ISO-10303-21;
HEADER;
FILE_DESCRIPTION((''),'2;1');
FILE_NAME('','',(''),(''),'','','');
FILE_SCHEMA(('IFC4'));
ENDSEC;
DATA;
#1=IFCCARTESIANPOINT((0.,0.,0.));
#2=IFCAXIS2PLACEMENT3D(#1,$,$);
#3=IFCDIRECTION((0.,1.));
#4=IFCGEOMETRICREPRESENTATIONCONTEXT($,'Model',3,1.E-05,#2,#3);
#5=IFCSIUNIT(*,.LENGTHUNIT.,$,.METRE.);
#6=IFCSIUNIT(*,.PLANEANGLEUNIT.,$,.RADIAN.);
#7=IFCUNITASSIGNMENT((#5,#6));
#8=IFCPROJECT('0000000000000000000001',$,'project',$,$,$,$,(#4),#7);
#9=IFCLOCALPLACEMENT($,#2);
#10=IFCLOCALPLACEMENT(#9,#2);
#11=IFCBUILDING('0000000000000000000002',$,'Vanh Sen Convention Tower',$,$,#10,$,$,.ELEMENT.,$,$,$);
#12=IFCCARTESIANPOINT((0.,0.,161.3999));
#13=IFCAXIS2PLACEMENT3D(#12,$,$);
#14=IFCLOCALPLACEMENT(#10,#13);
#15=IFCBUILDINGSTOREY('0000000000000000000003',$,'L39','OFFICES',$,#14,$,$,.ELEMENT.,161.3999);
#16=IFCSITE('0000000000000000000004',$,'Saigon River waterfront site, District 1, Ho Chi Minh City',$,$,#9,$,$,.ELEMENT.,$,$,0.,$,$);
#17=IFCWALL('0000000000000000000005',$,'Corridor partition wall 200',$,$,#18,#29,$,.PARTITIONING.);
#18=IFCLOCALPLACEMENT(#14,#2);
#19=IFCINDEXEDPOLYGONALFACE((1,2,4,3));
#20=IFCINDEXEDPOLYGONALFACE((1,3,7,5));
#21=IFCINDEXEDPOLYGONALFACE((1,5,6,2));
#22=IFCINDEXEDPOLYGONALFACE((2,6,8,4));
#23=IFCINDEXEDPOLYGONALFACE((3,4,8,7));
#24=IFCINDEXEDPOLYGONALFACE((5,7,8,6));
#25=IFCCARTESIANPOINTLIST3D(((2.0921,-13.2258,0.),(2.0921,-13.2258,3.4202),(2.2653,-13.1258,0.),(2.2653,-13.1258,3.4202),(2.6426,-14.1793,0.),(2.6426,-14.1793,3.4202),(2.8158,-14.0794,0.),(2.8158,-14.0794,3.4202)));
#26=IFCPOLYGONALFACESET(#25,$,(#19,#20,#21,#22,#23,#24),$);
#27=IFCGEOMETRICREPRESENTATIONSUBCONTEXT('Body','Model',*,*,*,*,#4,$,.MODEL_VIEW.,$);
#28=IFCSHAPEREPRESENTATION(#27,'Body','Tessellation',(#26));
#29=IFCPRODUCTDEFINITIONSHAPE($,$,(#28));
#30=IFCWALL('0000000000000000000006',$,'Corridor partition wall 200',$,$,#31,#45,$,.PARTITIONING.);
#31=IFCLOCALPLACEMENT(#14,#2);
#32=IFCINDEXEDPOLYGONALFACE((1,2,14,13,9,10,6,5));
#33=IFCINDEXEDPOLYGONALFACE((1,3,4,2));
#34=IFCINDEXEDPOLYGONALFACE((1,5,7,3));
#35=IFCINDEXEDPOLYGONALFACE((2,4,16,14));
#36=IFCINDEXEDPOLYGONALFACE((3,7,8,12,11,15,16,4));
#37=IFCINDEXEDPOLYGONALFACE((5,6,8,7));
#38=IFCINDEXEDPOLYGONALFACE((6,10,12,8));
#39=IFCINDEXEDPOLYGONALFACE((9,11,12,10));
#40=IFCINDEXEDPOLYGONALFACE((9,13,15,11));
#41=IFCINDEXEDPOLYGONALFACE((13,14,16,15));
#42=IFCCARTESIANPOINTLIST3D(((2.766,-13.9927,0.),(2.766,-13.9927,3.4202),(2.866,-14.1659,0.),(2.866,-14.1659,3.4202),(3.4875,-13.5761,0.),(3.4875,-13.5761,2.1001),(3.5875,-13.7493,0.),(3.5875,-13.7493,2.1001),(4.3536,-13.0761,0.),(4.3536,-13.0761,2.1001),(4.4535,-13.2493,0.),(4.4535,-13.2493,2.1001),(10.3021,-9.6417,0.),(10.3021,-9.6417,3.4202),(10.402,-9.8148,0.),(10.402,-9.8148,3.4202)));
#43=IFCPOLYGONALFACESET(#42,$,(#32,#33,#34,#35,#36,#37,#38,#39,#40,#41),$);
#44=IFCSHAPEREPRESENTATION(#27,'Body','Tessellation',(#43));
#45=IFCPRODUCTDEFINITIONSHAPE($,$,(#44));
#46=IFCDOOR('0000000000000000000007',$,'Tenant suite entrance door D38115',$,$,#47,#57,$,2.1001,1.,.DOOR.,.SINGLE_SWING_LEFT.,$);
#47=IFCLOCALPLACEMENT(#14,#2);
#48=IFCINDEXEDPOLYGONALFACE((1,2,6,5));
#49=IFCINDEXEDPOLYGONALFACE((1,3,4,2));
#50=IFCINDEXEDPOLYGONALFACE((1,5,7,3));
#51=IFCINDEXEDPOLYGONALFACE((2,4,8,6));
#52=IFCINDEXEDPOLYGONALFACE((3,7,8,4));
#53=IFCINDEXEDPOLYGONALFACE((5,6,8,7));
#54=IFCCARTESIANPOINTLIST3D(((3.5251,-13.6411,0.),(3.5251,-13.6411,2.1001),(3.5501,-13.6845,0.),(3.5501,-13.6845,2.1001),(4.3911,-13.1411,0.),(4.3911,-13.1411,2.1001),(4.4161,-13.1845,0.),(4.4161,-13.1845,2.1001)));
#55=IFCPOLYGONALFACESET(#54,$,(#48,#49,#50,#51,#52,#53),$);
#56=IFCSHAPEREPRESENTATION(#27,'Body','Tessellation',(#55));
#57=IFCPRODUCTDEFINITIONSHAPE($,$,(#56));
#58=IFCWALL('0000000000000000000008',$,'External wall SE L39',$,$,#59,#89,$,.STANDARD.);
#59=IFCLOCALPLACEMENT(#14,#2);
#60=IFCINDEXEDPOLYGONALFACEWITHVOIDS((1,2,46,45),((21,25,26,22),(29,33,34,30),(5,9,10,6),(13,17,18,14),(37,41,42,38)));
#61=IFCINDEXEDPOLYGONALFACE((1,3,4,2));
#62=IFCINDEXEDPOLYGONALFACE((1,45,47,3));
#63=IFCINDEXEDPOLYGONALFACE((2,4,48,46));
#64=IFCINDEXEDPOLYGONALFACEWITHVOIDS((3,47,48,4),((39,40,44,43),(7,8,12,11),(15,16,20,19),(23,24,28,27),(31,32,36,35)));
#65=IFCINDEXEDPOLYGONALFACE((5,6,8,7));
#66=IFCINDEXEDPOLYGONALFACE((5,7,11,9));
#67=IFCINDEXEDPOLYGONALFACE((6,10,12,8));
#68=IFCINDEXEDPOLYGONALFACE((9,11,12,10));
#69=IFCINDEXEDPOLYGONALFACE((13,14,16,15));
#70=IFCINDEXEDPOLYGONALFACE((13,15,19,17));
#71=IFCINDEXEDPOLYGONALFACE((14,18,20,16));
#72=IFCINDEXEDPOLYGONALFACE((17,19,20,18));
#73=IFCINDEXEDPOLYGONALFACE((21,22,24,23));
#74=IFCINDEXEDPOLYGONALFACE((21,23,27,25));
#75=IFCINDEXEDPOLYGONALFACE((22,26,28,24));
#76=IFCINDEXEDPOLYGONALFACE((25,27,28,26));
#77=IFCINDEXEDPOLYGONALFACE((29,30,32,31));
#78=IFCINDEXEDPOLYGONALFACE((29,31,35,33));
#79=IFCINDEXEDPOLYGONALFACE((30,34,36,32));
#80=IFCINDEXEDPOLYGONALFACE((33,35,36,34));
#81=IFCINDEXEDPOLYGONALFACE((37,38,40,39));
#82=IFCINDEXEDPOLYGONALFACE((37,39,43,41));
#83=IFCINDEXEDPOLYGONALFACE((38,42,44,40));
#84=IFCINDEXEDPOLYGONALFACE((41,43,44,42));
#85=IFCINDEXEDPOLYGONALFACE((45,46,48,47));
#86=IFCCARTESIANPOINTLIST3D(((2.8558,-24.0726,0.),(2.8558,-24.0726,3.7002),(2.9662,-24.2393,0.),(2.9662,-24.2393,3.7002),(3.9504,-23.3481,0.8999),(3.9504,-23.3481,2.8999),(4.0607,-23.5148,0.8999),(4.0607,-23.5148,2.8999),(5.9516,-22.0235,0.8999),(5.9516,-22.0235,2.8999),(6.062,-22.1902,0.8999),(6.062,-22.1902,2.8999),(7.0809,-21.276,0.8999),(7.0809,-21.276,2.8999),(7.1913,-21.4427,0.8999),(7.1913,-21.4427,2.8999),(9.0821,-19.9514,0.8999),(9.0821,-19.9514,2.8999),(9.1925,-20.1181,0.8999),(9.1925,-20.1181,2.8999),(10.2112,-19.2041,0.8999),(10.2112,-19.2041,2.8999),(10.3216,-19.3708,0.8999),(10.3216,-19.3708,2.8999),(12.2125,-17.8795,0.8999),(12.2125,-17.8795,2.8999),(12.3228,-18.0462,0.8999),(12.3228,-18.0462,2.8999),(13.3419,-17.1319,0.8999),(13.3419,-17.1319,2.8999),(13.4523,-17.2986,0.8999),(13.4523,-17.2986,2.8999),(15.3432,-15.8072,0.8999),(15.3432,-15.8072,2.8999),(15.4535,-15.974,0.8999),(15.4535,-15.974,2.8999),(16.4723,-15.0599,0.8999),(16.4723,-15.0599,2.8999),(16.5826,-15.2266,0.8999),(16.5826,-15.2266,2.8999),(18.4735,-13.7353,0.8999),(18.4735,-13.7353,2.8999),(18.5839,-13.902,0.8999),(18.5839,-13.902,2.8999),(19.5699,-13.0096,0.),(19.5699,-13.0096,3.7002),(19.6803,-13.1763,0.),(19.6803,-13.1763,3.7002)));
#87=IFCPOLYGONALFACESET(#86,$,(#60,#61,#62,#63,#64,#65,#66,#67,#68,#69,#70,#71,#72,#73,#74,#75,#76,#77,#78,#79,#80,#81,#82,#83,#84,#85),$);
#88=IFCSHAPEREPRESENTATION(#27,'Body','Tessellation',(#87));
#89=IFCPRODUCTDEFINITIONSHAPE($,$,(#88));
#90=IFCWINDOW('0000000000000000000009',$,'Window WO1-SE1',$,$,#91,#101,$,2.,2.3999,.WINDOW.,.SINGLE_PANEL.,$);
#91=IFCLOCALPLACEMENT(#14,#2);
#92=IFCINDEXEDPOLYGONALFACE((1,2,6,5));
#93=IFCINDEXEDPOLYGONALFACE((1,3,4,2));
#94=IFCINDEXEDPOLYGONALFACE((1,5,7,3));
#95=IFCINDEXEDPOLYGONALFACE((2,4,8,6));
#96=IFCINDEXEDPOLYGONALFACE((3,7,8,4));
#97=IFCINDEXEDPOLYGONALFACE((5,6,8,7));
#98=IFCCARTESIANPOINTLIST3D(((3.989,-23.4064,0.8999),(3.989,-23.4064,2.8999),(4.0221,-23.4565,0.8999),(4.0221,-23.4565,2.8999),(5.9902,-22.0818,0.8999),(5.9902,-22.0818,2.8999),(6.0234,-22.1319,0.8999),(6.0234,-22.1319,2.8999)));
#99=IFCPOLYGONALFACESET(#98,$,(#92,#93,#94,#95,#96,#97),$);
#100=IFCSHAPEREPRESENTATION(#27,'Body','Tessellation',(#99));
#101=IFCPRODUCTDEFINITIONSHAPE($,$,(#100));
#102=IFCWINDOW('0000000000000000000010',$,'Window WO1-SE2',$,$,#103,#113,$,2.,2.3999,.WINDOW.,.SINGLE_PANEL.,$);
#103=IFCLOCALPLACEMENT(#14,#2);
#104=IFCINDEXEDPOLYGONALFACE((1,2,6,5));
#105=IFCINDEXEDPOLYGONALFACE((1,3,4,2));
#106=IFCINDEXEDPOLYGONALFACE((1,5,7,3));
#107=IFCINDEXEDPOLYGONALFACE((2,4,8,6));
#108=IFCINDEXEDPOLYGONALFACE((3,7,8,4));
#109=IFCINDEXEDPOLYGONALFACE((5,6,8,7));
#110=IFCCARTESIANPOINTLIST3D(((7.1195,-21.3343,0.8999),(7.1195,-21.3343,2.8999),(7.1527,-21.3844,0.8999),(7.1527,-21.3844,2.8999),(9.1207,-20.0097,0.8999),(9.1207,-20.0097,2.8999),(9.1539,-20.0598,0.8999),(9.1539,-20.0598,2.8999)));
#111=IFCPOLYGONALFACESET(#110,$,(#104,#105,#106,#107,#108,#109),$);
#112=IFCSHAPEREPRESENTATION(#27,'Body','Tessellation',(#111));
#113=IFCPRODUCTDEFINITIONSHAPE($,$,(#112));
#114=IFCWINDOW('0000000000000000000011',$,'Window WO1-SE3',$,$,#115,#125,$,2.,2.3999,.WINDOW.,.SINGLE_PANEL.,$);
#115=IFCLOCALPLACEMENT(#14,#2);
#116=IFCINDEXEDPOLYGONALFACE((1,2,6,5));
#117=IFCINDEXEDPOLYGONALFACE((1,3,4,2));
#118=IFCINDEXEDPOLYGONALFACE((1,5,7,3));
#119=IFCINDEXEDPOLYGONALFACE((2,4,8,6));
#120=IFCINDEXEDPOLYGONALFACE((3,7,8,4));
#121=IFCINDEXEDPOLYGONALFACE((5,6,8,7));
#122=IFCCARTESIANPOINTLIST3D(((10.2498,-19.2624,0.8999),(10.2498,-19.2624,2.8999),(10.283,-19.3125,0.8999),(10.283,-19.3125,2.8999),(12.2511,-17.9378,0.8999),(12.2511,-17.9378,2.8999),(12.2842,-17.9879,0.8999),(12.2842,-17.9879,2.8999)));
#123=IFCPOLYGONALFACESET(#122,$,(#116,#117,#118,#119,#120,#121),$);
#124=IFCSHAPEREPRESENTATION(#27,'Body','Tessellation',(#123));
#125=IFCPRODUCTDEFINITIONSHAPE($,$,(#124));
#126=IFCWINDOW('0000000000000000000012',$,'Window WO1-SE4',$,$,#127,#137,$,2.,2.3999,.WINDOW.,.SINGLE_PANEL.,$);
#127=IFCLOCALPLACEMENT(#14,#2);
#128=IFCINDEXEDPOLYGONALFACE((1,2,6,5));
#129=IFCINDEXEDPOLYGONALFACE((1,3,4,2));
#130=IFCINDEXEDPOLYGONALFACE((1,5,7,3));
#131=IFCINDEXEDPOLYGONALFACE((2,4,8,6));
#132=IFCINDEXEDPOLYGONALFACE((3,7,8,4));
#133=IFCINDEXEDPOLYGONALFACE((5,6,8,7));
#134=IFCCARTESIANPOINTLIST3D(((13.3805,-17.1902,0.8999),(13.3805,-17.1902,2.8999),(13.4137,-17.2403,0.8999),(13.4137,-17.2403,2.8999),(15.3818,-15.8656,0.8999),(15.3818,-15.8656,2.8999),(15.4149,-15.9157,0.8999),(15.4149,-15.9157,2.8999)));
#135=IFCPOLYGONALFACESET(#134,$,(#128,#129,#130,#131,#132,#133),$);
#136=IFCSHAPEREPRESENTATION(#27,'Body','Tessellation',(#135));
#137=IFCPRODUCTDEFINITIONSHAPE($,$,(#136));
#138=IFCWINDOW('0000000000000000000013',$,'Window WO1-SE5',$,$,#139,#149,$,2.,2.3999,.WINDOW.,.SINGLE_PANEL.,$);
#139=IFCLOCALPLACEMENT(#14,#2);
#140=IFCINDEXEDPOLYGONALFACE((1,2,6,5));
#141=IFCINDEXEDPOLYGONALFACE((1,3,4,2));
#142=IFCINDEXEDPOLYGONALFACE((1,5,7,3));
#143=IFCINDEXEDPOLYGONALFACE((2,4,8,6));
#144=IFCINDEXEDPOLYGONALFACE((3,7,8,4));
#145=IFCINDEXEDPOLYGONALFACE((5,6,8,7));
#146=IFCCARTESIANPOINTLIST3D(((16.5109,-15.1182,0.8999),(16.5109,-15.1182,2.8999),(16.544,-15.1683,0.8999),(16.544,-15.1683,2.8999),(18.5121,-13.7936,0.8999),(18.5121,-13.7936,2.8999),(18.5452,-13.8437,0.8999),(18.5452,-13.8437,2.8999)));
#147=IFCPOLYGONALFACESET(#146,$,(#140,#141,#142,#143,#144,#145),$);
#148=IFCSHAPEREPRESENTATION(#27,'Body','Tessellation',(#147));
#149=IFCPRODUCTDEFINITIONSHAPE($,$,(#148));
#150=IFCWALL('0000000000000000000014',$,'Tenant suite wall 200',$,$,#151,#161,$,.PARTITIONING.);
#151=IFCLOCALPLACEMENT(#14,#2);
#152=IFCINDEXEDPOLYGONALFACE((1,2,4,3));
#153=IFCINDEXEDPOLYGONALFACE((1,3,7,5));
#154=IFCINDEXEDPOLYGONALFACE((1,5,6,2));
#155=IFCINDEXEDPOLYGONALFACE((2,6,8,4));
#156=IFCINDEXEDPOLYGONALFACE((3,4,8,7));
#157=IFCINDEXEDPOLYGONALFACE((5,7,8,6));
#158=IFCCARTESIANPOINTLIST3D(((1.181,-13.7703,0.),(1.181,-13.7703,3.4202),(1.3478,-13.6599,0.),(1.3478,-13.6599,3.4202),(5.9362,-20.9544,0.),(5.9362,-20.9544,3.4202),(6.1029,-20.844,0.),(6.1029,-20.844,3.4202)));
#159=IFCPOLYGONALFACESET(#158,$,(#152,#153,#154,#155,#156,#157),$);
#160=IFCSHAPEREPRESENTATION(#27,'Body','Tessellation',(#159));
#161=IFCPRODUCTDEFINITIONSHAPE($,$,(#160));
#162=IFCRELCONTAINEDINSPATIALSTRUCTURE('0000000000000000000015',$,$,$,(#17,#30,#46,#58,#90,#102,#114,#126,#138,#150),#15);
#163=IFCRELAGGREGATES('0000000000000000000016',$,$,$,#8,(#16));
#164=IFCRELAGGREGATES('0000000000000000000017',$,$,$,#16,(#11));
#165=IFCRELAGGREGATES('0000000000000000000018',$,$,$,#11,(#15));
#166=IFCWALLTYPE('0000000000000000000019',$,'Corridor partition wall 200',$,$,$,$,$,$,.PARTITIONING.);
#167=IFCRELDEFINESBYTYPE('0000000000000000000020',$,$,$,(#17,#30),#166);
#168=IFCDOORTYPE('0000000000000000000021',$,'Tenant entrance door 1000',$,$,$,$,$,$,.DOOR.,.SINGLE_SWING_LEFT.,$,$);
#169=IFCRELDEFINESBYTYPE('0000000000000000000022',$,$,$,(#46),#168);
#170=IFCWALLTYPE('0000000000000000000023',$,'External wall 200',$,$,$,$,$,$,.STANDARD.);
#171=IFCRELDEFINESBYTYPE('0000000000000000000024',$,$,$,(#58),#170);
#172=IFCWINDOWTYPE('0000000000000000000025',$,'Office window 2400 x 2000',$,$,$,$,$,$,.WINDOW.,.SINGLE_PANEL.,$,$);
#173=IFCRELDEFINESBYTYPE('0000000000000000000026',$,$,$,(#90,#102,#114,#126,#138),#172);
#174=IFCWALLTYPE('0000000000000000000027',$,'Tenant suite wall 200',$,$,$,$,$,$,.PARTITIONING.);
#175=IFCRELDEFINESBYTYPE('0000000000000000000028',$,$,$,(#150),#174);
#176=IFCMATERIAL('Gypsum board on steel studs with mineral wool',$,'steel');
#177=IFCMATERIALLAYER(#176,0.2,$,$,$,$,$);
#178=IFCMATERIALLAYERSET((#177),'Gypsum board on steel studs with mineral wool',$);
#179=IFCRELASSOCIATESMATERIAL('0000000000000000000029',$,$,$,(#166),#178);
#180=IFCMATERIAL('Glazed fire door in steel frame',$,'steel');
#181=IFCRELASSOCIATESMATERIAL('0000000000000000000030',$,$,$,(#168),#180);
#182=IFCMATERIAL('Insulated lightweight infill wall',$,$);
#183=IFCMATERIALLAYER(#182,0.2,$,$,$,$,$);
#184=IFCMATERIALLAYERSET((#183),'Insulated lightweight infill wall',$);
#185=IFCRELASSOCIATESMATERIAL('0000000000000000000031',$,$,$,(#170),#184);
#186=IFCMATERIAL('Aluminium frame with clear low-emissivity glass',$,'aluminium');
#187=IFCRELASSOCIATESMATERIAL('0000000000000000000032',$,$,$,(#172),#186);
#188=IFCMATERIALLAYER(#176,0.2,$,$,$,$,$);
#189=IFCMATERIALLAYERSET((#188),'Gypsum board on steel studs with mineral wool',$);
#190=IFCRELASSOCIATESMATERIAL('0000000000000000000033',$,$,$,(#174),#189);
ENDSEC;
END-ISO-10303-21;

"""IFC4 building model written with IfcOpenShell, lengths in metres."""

from ifc_helpers import new_model, si_unit, direction, frame, frame_2d, origin, place, context, subcontext, project, spatial, rectangle, extrude, material, layer, layer_set, type_object, element, fill, save


model = new_model("IFC4")

# Units and contexts
model_context = context("Model", 3, precision=1e-05, world=origin(), true_north=direction((0.0, 1.0)))
body_context = subcontext(model_context, "Body", "Model", "MODEL_VIEW")
ifc_project = project(units=[si_unit("LENGTHUNIT", "METRE"), si_unit("PLANEANGLEUNIT", "RADIAN")], contexts=[model_context])

# Site, building, storey
site_placement = place(None, origin())
site = spatial("IfcSite", under=ifc_project, at=site_placement, Name="Saigon River waterfront site, District 1, Ho Chi Minh City", CompositionType="ELEMENT", RefElevation=0.0)
building_placement = place(site_placement, origin())
building = spatial("IfcBuilding", under=site, at=building_placement, Name="Vanh Sen Convention Tower", CompositionType="ELEMENT")
storey_placement = place(building_placement, frame((0.0, 0.0, 161.3999)))
storey = spatial("IfcBuildingStorey", under=building, at=storey_placement, Name="L39", Description="OFFICES", CompositionType="ELEMENT", Elevation=161.3999)

# Wall
ifc_material_1 = material(Name="Gypsum board on steel studs with mineral wool", Category="steel")
ifc_layer_1 = layer(ifc_material_1, 0.2)
ifc_layer_set_1 = layer_set([ifc_layer_1], Name="Gypsum board on steel studs with mineral wool")
wall_type_1 = type_object("IfcWallType", Name="Corridor partition wall 200", PredefinedType="PARTITIONING", material=ifc_layer_set_1)
wall_1_placement = place(storey_placement, frame((2.1787, -13.1758, 0.0), z_axis=(0.0, 0.0, 1.0), x_axis=(0.499978, -0.866038, 0.0)))
element("IfcWall", 1, at=wall_1_placement, inside=storey, type_object=wall_type_1, Name="Corridor partition wall 200", PredefinedType="PARTITIONING", context=body_context, shape_type="SweptSolid", body=[
    extrude(rectangle(XDim=1.1011, YDim=0.2, at=frame_2d((0.5505, 0.0))), origin(), (0.0, 0.0, 1.0), 3.4202),
])

# Wall, opening, door
wall_2_placement = place(storey_placement, frame((2.8159, -14.0793, 0.0), z_axis=(0.0, 0.0, 1.0), x_axis=(0.866021, 0.500007, 0.0)))
wall_2 = element("IfcWall", 2, at=wall_2_placement, inside=storey, type_object=wall_type_1, Name="Corridor partition wall 200", PredefinedType="PARTITIONING", context=body_context, shape_type="SweptSolid", body=[
    extrude(rectangle(XDim=8.7019, YDim=0.2, at=frame_2d((4.3511, 0.0))), origin(), (0.0, 0.0, 1.0), 3.4202),
])
opening_1_placement = place(wall_2_placement, frame((0.8333, 0.0, 0.0)))
opening_1 = element("IfcOpeningElement", 3, at=opening_1_placement, cuts=wall_2, PredefinedType="OPENING", context=body_context, shape_type="SweptSolid", body=[
    extrude(rectangle(XDim=1.0, YDim=2.1001, at=frame_2d((0.5, 1.05))), frame((0.0, 0.1099, 0.0), z_axis=(0.0, -1.0, 0.0), x_axis=(1.0, 0.0, 0.0)), (0.0, 0.0, 1.0), 0.22),
])
ifc_material_2 = material(Name="Glazed fire door in steel frame", Category="steel")
door_type = type_object("IfcDoorType", Name="Tenant entrance door 1000", OperationType="SINGLE_SWING_LEFT", PredefinedType="DOOR", material=ifc_material_2)
door_placement = place(opening_1_placement, origin())
door = element("IfcDoor", 4, at=door_placement, inside=storey, type_object=door_type, Name="Tenant suite entrance door D38115", OperationType="SINGLE_SWING_LEFT", OverallHeight=2.1001, OverallWidth=1.0, PredefinedType="DOOR", context=body_context, shape_type="SweptSolid", body=[
    extrude(rectangle(XDim=1.0, YDim=2.1001, at=frame_2d((0.5, 1.05))), frame((0.0, 0.0249, 0.0), z_axis=(0.0, -1.0, 0.0), x_axis=(1.0, 0.0, 0.0)), (0.0, 0.0, 1.0), 0.05),
])
fill(opening_1, door)

# Wall, openings, windows
ifc_material_3 = material(Name="Insulated lightweight infill wall")
ifc_layer_2 = layer(ifc_material_3, 0.2)
ifc_layer_set_2 = layer_set([ifc_layer_2], Name="Insulated lightweight infill wall")
wall_type_2 = type_object("IfcWallType", Name="External wall 200", PredefinedType="STANDARD", material=ifc_layer_set_2)
wall_3_placement = place(storey_placement, frame((2.9109, -24.156, 0.0), z_axis=(0.0, 0.0, 1.0), x_axis=(0.833882, 0.551943, 0.0)))
wall_3 = element("IfcWall", 5, at=wall_3_placement, inside=storey, type_object=wall_type_2, Name="External wall SE L39", PredefinedType="STANDARD", context=body_context, shape_type="SweptSolid", body=[
    extrude(rectangle(XDim=20.0437, YDim=0.2, at=frame_2d((10.022, 0.0))), origin(), (0.0, 0.0, 1.0), 3.7002),
])
opening_2_placement = place(wall_3_placement, frame((1.3127, 0.0, 0.8999)))
opening_2 = element("IfcOpeningElement", 6, at=opening_2_placement, cuts=wall_3, PredefinedType="OPENING", context=body_context, shape_type="SweptSolid", body=[
    extrude(rectangle(XDim=2.3999, YDim=2.0, at=frame_2d((1.2, 1.0))), frame((0.0, 0.1099, 0.0), z_axis=(0.0, -1.0, 0.0), x_axis=(1.0, 0.0, 0.0)), (0.0, 0.0, 1.0), 0.22),
])
opening_3_placement = place(wall_3_placement, frame((5.0669, 0.0, 0.8999)))
opening_3 = element("IfcOpeningElement", 7, at=opening_3_placement, cuts=wall_3, PredefinedType="OPENING", context=body_context, shape_type="SweptSolid", body=[
    extrude(rectangle(XDim=2.3999, YDim=2.0, at=frame_2d((1.2, 1.0))), frame((0.0, 0.1099, 0.0), z_axis=(0.0, -1.0, 0.0), x_axis=(1.0, 0.0, 0.0)), (0.0, 0.0, 1.0), 0.22),
])
opening_4_placement = place(wall_3_placement, frame((8.8208, 0.0, 0.8999)))
opening_4 = element("IfcOpeningElement", 8, at=opening_4_placement, cuts=wall_3, PredefinedType="OPENING", context=body_context, shape_type="SweptSolid", body=[
    extrude(rectangle(XDim=2.3999, YDim=2.0, at=frame_2d((1.2, 1.0))), frame((0.0, 0.1099, 0.0), z_axis=(0.0, -1.0, 0.0), x_axis=(1.0, 0.0, 0.0)), (0.0, 0.0, 1.0), 0.22),
])
opening_5_placement = place(wall_3_placement, frame((12.5752, 0.0, 0.8999)))
opening_5 = element("IfcOpeningElement", 9, at=opening_5_placement, cuts=wall_3, PredefinedType="OPENING", context=body_context, shape_type="SweptSolid", body=[
    extrude(rectangle(XDim=2.3999, YDim=2.0, at=frame_2d((1.2, 1.0))), frame((0.0, 0.1099, 0.0), z_axis=(0.0, -1.0, 0.0), x_axis=(1.0, 0.0, 0.0)), (0.0, 0.0, 1.0), 0.22),
])
opening_6_placement = place(wall_3_placement, frame((16.3291, 0.0, 0.8999)))
opening_6 = element("IfcOpeningElement", 10, at=opening_6_placement, cuts=wall_3, PredefinedType="OPENING", context=body_context, shape_type="SweptSolid", body=[
    extrude(rectangle(XDim=2.3999, YDim=2.0, at=frame_2d((1.2, 1.0))), frame((0.0, 0.1099, 0.0), z_axis=(0.0, -1.0, 0.0), x_axis=(1.0, 0.0, 0.0)), (0.0, 0.0, 1.0), 0.22),
])
ifc_material_4 = material(Name="Aluminium frame with clear low-emissivity glass", Category="aluminium")
window_type = type_object("IfcWindowType", Name="Office window 2400 x 2000", PartitioningType="SINGLE_PANEL", PredefinedType="WINDOW", material=ifc_material_4)
window_1_placement = place(opening_2_placement, origin())
window_1 = element("IfcWindow", 11, at=window_1_placement, inside=storey, type_object=window_type, Name="Window WO1-SE1", OverallHeight=2.0, OverallWidth=2.3999, PartitioningType="SINGLE_PANEL", PredefinedType="WINDOW", context=body_context, shape_type="SweptSolid", body=[
    extrude(rectangle(XDim=2.3999, YDim=2.0, at=frame_2d((1.2, 1.0))), frame((0.0, 0.03, 0.0), z_axis=(0.0, -1.0, 0.0), x_axis=(1.0, 0.0, 0.0)), (0.0, 0.0, 1.0), 0.0601),
])
fill(opening_2, window_1)
window_2_placement = place(opening_3_placement, origin())
window_2 = element("IfcWindow", 12, at=window_2_placement, inside=storey, type_object=window_type, Name="Window WO1-SE2", OverallHeight=2.0, OverallWidth=2.3999, PartitioningType="SINGLE_PANEL", PredefinedType="WINDOW", context=body_context, shape_type="SweptSolid", body=[
    extrude(rectangle(XDim=2.3999, YDim=2.0, at=frame_2d((1.2, 1.0))), frame((0.0, 0.03, 0.0), z_axis=(0.0, -1.0, 0.0), x_axis=(1.0, 0.0, 0.0)), (0.0, 0.0, 1.0), 0.0601),
])
fill(opening_3, window_2)
window_3_placement = place(opening_4_placement, origin())
window_3 = element("IfcWindow", 13, at=window_3_placement, inside=storey, type_object=window_type, Name="Window WO1-SE3", OverallHeight=2.0, OverallWidth=2.3999, PartitioningType="SINGLE_PANEL", PredefinedType="WINDOW", context=body_context, shape_type="SweptSolid", body=[
    extrude(rectangle(XDim=2.3999, YDim=2.0, at=frame_2d((1.2, 1.0))), frame((0.0, 0.03, 0.0), z_axis=(0.0, -1.0, 0.0), x_axis=(1.0, 0.0, 0.0)), (0.0, 0.0, 1.0), 0.0601),
])
fill(opening_4, window_3)
window_4_placement = place(opening_5_placement, origin())
window_4 = element("IfcWindow", 14, at=window_4_placement, inside=storey, type_object=window_type, Name="Window WO1-SE4", OverallHeight=2.0, OverallWidth=2.3999, PartitioningType="SINGLE_PANEL", PredefinedType="WINDOW", context=body_context, shape_type="SweptSolid", body=[
    extrude(rectangle(XDim=2.3999, YDim=2.0, at=frame_2d((1.2, 1.0))), frame((0.0, 0.03, 0.0), z_axis=(0.0, -1.0, 0.0), x_axis=(1.0, 0.0, 0.0)), (0.0, 0.0, 1.0), 0.0601),
])
fill(opening_5, window_4)
window_5_placement = place(opening_6_placement, origin())
window_5 = element("IfcWindow", 15, at=window_5_placement, inside=storey, type_object=window_type, Name="Window WO1-SE5", OverallHeight=2.0, OverallWidth=2.3999, PartitioningType="SINGLE_PANEL", PredefinedType="WINDOW", context=body_context, shape_type="SweptSolid", body=[
    extrude(rectangle(XDim=2.3999, YDim=2.0, at=frame_2d((1.2, 1.0))), frame((0.0, 0.03, 0.0), z_axis=(0.0, -1.0, 0.0), x_axis=(1.0, 0.0, 0.0)), (0.0, 0.0, 1.0), 0.0601),
])
fill(opening_6, window_5)

# Wall
ifc_layer_3 = layer(ifc_material_1, 0.2)
ifc_layer_set_3 = layer_set([ifc_layer_3], Name="Gypsum board on steel studs with mineral wool")
wall_type_3 = type_object("IfcWallType", Name="Tenant suite wall 200", PredefinedType="PARTITIONING", material=ifc_layer_set_3)
wall_4_placement = place(storey_placement, frame((6.0195, -20.8992, 0.0), z_axis=(0.0, 0.0, 1.0), x_axis=(-0.551944, 0.833881, 0.0)))
element("IfcWall", 16, at=wall_4_placement, inside=storey, type_object=wall_type_3, Name="Tenant suite wall 200", PredefinedType="PARTITIONING", context=body_context, shape_type="SweptSolid", body=[
    extrude(rectangle(XDim=8.6152, YDim=0.2, at=frame_2d((4.3076, 0.0))), origin(), (0.0, 0.0, 1.0), 3.4202),
])

save(model, "model.ifc")
